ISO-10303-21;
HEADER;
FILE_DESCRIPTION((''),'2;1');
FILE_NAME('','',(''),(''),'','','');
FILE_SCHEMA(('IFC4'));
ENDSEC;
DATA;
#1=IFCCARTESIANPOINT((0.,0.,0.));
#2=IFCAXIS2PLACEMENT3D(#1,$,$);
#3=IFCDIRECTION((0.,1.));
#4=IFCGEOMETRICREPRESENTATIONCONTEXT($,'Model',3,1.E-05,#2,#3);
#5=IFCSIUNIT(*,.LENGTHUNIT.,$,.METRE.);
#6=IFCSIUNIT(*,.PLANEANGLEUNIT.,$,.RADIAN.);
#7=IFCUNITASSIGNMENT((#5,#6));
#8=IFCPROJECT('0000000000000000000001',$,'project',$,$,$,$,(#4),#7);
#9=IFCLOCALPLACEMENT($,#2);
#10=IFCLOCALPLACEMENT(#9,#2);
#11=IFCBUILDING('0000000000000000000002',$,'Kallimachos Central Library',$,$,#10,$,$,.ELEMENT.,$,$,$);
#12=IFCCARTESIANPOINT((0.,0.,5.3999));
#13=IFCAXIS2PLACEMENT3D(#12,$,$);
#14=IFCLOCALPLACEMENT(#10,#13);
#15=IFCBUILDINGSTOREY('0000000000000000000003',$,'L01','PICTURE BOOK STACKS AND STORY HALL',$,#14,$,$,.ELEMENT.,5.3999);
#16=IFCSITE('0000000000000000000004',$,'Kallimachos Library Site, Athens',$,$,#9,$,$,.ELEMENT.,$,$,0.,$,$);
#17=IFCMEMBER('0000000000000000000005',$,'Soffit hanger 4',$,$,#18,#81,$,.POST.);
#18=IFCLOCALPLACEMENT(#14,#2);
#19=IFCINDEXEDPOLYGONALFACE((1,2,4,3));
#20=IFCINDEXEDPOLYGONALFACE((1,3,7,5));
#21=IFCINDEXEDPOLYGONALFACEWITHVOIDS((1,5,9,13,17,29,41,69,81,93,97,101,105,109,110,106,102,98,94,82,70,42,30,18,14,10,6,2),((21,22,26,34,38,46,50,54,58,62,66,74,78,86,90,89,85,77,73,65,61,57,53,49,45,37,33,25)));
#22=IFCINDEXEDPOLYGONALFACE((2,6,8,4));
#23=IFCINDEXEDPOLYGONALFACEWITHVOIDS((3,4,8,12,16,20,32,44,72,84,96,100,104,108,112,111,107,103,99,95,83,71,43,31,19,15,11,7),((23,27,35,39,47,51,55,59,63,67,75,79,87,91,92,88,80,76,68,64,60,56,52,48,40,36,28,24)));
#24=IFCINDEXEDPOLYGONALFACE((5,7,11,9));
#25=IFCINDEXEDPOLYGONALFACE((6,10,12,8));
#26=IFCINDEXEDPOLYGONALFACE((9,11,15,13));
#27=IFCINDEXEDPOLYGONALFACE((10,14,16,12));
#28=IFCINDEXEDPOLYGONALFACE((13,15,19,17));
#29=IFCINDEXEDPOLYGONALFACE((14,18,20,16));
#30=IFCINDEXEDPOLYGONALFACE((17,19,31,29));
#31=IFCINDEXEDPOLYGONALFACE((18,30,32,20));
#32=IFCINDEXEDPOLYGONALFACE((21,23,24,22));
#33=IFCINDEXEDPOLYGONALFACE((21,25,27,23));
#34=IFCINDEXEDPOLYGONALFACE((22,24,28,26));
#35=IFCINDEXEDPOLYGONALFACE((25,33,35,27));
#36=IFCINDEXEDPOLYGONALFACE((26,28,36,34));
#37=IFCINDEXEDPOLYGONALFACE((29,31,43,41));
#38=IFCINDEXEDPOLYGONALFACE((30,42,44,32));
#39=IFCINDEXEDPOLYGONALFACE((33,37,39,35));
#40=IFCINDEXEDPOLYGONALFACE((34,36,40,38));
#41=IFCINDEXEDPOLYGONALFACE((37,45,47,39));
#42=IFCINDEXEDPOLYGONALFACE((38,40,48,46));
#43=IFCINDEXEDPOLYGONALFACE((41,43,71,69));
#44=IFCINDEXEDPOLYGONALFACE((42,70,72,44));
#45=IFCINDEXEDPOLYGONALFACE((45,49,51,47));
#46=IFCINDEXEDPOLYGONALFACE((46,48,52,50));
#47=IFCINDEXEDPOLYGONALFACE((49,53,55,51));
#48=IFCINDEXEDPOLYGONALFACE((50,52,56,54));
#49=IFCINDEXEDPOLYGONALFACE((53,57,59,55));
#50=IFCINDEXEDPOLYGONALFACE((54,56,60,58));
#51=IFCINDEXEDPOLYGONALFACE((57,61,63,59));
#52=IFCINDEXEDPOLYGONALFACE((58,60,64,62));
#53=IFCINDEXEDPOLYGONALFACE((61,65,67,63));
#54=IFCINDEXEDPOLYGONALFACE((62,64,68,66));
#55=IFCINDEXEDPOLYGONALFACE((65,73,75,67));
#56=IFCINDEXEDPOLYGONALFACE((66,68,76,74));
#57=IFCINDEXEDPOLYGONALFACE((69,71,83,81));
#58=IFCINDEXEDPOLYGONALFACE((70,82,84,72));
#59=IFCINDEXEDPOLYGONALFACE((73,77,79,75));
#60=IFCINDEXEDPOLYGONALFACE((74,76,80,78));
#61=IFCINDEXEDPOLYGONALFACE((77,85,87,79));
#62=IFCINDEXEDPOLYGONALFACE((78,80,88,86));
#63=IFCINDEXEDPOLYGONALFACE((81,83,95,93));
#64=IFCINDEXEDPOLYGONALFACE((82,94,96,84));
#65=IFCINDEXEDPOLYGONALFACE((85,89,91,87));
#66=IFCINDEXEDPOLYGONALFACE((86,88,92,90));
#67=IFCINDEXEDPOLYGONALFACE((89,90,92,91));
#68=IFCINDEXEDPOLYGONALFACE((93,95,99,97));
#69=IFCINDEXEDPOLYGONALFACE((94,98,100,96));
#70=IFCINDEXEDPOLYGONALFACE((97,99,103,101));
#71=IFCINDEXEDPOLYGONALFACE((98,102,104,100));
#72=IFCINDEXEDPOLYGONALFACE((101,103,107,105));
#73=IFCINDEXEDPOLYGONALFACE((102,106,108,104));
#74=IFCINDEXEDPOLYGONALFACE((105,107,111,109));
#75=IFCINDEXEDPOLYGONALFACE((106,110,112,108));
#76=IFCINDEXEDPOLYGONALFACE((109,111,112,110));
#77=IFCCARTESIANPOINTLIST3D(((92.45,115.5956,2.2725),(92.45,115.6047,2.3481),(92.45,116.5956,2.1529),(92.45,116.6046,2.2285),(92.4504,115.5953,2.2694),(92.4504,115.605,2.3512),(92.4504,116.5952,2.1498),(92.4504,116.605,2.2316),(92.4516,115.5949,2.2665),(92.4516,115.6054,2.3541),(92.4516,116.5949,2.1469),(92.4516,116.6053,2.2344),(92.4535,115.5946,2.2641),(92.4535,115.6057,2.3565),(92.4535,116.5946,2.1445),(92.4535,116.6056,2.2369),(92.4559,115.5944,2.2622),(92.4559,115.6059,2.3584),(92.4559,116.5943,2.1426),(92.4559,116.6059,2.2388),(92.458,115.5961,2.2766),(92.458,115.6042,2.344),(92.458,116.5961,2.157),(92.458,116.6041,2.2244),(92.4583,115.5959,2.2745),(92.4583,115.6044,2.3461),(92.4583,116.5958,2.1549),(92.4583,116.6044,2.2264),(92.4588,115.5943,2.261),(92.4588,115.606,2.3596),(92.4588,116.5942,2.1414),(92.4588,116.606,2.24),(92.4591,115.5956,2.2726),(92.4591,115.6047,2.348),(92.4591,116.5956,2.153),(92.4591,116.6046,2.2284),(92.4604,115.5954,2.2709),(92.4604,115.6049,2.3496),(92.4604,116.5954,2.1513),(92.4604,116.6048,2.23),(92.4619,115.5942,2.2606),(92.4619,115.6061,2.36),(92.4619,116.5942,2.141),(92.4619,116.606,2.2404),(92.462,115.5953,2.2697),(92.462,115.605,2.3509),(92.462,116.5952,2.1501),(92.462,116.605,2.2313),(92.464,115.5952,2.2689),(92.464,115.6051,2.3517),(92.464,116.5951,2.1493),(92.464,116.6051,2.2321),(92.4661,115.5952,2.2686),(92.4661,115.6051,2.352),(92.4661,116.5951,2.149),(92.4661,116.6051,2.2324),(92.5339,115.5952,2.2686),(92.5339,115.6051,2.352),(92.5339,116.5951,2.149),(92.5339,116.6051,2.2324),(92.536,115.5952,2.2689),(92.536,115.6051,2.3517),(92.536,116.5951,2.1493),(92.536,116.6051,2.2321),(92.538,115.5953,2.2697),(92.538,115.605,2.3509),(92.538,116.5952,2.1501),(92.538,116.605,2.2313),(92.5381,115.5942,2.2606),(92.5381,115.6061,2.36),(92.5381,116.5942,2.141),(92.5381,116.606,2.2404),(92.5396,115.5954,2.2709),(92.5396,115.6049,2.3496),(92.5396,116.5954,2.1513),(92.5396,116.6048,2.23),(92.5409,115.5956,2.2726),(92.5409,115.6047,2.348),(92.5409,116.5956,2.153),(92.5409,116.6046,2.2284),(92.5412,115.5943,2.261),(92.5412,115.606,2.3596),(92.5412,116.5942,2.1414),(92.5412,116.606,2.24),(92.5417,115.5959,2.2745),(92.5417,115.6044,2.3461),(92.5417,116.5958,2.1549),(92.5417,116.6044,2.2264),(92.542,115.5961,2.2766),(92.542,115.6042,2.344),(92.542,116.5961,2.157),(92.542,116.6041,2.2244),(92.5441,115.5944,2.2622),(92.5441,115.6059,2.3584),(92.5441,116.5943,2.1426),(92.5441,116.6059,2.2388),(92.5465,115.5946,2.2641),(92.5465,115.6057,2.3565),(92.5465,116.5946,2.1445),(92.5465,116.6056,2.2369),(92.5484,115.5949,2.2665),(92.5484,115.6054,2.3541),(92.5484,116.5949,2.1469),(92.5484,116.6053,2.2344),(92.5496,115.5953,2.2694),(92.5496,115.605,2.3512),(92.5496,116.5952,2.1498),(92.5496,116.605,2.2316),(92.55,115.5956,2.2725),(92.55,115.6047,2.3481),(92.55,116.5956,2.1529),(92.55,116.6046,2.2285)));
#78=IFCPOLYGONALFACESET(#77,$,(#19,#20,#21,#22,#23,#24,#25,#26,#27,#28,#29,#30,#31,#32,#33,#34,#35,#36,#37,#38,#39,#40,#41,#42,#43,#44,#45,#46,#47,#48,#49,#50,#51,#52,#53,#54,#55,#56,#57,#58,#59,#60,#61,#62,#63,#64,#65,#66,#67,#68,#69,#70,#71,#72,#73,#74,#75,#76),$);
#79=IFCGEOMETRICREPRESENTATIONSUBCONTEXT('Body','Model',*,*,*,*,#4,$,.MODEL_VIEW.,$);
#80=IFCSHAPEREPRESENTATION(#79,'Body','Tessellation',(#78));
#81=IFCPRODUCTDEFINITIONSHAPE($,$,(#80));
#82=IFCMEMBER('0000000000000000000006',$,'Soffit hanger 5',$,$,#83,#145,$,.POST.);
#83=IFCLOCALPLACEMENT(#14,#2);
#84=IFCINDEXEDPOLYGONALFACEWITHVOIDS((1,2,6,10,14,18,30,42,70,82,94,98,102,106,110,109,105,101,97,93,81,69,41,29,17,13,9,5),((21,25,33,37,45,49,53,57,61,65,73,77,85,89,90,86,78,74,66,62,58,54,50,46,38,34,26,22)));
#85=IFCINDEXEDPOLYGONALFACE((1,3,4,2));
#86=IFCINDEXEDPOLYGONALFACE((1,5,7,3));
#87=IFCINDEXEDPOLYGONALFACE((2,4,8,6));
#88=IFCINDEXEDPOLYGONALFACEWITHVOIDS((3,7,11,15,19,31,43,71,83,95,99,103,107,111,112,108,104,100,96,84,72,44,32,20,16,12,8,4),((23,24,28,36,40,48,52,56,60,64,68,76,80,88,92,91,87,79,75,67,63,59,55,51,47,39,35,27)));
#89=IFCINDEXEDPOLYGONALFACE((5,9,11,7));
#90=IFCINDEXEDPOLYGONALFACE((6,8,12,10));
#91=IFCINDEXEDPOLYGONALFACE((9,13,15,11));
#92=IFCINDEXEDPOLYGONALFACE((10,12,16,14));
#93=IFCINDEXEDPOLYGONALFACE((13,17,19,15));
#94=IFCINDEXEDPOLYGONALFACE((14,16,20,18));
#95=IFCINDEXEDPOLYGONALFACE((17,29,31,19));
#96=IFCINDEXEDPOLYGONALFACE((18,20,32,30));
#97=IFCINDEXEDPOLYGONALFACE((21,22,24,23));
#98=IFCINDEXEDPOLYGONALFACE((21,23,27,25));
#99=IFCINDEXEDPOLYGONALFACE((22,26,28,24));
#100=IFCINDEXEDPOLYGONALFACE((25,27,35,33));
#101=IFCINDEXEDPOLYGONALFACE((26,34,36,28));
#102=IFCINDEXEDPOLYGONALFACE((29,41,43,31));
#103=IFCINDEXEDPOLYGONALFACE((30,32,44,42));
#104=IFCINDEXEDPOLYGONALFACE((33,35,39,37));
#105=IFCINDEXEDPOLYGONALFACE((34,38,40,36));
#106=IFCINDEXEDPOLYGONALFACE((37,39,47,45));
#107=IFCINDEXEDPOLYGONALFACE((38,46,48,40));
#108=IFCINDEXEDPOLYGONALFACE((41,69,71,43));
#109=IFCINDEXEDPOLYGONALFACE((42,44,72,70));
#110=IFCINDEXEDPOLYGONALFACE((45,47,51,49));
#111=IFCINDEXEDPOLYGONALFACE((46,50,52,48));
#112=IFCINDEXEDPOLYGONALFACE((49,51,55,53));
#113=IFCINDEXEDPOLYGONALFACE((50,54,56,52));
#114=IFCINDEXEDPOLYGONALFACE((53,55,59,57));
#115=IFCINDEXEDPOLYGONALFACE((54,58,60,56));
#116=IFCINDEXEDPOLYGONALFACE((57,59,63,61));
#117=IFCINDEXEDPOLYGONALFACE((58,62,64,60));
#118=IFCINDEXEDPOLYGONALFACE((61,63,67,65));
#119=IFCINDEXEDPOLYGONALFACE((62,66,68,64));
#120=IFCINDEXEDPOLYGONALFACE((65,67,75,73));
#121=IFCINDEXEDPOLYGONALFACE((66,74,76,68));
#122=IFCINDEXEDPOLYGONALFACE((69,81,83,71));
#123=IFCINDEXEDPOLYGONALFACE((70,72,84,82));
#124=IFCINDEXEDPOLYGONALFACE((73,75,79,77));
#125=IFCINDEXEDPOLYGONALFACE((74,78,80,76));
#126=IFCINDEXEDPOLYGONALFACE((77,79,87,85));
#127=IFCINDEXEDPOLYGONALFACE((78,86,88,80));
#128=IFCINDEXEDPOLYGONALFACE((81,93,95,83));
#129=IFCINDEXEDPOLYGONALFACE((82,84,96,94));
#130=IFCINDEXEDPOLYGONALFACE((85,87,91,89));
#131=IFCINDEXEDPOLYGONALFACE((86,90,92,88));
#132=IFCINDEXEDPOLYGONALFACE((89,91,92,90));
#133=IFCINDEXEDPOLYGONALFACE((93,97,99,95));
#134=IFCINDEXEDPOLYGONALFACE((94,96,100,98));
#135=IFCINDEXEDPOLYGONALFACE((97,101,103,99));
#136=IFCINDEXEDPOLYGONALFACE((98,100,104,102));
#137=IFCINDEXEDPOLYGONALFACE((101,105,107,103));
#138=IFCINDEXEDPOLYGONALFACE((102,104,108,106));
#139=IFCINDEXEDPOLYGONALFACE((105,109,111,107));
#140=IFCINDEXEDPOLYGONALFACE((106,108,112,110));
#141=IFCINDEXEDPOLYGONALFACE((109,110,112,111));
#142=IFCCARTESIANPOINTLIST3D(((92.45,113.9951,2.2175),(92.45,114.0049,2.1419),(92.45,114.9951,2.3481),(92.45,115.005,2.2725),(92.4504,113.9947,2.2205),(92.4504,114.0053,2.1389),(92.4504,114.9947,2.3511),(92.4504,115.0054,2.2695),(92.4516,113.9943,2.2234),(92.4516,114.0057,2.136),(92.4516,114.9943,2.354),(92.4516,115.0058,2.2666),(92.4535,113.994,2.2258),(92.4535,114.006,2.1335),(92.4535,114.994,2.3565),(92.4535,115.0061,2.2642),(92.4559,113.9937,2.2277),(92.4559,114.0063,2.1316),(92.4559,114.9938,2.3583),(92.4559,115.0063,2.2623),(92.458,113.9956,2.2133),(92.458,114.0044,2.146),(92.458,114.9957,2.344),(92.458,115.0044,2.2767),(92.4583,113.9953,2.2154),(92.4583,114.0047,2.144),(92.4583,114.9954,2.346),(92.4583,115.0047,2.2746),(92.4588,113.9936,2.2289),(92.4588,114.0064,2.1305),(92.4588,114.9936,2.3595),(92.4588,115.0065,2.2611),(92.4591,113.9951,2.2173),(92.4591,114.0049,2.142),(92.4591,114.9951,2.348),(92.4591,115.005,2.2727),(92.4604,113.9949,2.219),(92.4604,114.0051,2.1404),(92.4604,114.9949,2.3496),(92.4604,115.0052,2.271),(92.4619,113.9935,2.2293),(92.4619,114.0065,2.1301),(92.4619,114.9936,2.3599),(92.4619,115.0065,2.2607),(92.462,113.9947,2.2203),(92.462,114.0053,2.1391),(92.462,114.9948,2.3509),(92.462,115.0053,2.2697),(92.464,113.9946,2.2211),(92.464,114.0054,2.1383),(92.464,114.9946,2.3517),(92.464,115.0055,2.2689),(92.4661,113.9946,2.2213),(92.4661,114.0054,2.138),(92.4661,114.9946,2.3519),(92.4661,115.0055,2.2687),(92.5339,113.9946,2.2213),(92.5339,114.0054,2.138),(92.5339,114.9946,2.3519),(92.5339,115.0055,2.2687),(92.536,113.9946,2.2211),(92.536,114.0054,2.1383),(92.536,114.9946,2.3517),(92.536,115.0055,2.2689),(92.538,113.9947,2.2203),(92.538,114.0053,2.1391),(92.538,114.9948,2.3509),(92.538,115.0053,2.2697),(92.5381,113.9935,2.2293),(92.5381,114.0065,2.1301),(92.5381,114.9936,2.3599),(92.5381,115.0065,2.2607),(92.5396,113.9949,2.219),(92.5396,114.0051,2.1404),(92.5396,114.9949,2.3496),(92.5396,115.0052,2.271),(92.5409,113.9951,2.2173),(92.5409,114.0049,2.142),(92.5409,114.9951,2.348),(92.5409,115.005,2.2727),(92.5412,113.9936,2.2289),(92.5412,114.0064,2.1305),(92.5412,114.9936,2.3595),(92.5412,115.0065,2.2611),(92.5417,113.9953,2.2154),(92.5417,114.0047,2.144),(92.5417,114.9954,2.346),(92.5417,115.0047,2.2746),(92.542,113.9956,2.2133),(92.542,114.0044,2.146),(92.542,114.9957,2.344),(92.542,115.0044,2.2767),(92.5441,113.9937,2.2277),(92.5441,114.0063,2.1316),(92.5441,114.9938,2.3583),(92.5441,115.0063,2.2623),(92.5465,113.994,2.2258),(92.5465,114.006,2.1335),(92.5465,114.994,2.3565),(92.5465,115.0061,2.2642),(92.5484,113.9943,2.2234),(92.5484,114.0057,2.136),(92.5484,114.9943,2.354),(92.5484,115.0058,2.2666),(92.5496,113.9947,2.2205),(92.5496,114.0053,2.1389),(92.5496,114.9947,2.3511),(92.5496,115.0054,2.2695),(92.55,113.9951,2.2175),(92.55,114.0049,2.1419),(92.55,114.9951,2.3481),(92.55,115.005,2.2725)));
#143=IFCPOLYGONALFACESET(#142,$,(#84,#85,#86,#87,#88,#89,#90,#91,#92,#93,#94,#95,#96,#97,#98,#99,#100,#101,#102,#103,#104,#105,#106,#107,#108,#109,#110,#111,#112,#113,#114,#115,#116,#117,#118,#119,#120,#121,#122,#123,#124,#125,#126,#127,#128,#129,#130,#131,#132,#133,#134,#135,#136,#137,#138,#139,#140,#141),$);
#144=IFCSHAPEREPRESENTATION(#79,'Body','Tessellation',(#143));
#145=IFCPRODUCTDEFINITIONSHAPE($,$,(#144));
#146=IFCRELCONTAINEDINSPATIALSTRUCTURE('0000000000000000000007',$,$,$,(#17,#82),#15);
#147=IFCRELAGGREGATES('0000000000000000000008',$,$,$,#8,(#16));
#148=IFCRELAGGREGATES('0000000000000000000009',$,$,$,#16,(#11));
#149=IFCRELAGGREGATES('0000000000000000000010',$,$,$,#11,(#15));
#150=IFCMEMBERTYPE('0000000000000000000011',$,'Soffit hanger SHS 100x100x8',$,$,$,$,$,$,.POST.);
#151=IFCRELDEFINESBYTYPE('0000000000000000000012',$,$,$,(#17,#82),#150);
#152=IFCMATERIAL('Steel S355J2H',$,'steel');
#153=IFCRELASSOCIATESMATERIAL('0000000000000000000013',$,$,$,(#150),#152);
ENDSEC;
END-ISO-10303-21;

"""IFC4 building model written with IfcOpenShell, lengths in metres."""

from ifc_helpers import new_model, si_unit, direction, frame, origin, origin_2d, place, context, subcontext, project, spatial, hollow_rectangle, extrude, material, material_profile, profile_set, type_object, element, save


model = new_model("IFC4")

# Units and contexts
model_context = context("Model", 3, precision=1e-05, world=origin(), true_north=direction((0.0, 1.0)))
body_context = subcontext(model_context, "Body", "Model", "MODEL_VIEW")
ifc_project = project(units=[si_unit("LENGTHUNIT", "METRE"), si_unit("PLANEANGLEUNIT", "RADIAN")], contexts=[model_context])

# Site, building, storey
site_placement = place(None, origin())
site = spatial("IfcSite", under=ifc_project, at=site_placement, Name="Kallimachos Library Site, Athens", CompositionType="ELEMENT", RefElevation=0.0)
building_placement = place(site_placement, origin())
building = spatial("IfcBuilding", under=site, at=building_placement, Name="Kallimachos Central Library", CompositionType="ELEMENT")
storey_placement = place(building_placement, frame((0.0, 0.0, 5.3999)))
storey = spatial("IfcBuildingStorey", under=building, at=storey_placement, Name="L01", Description="PICTURE BOOK STACKS AND STORY HALL", CompositionType="ELEMENT", Elevation=5.3999)

# Members
ifc_material_1 = material(Name="Steel S355J2H", Category="steel")
ifc_material_profile_1 = material_profile(ifc_material_1, hollow_rectangle(XDim=0.1001, YDim=0.1001, WallThickness=0.0081, InnerFilletRadius=0.0081, OuterFilletRadius=0.012, at=origin_2d()), Name="SHS 100x100x8")
ifc_profile_set_1 = profile_set([ifc_material_profile_1], Name="Steel S355J2H")
member_type_1 = type_object("IfcMemberType", Name="Soffit hanger SHS 100x100x8", PredefinedType="POST", material=ifc_profile_set_1)
member_1_placement = place(storey_placement, frame((92.5, 116.6001, 2.1907), z_axis=(0.0, -0.99292, 0.118782), x_axis=(1.0, 0.0, 0.0)))
element("IfcMember", 1, at=member_1_placement, inside=storey, type_object=member_type_1, Name="Soffit hanger 4", PredefinedType="POST", context=body_context, shape_type="SweptSolid", body=[
    extrude(hollow_rectangle(XDim=0.1001, YDim=0.1001, WallThickness=0.0081, InnerFilletRadius=0.0081, OuterFilletRadius=0.012, at=origin_2d()), origin(), (0.0, 0.0, 1.0), 1.0071),
])
member_2_placement = place(storey_placement, frame((92.5, 114.0, 2.1797), z_axis=(0.0, 0.991577, 0.129515), x_axis=(-1.0, 0.0, 0.0)))
element("IfcMember", 2, at=member_2_placement, inside=storey, type_object=member_type_1, Name="Soffit hanger 5", PredefinedType="POST", context=body_context, shape_type="SweptSolid", body=[
    extrude(hollow_rectangle(XDim=0.1001, YDim=0.1001, WallThickness=0.0081, InnerFilletRadius=0.0081, OuterFilletRadius=0.012, at=origin_2d()), origin(), (0.0, 0.0, 1.0), 1.0085),
])

save(model, "model.ifc")
